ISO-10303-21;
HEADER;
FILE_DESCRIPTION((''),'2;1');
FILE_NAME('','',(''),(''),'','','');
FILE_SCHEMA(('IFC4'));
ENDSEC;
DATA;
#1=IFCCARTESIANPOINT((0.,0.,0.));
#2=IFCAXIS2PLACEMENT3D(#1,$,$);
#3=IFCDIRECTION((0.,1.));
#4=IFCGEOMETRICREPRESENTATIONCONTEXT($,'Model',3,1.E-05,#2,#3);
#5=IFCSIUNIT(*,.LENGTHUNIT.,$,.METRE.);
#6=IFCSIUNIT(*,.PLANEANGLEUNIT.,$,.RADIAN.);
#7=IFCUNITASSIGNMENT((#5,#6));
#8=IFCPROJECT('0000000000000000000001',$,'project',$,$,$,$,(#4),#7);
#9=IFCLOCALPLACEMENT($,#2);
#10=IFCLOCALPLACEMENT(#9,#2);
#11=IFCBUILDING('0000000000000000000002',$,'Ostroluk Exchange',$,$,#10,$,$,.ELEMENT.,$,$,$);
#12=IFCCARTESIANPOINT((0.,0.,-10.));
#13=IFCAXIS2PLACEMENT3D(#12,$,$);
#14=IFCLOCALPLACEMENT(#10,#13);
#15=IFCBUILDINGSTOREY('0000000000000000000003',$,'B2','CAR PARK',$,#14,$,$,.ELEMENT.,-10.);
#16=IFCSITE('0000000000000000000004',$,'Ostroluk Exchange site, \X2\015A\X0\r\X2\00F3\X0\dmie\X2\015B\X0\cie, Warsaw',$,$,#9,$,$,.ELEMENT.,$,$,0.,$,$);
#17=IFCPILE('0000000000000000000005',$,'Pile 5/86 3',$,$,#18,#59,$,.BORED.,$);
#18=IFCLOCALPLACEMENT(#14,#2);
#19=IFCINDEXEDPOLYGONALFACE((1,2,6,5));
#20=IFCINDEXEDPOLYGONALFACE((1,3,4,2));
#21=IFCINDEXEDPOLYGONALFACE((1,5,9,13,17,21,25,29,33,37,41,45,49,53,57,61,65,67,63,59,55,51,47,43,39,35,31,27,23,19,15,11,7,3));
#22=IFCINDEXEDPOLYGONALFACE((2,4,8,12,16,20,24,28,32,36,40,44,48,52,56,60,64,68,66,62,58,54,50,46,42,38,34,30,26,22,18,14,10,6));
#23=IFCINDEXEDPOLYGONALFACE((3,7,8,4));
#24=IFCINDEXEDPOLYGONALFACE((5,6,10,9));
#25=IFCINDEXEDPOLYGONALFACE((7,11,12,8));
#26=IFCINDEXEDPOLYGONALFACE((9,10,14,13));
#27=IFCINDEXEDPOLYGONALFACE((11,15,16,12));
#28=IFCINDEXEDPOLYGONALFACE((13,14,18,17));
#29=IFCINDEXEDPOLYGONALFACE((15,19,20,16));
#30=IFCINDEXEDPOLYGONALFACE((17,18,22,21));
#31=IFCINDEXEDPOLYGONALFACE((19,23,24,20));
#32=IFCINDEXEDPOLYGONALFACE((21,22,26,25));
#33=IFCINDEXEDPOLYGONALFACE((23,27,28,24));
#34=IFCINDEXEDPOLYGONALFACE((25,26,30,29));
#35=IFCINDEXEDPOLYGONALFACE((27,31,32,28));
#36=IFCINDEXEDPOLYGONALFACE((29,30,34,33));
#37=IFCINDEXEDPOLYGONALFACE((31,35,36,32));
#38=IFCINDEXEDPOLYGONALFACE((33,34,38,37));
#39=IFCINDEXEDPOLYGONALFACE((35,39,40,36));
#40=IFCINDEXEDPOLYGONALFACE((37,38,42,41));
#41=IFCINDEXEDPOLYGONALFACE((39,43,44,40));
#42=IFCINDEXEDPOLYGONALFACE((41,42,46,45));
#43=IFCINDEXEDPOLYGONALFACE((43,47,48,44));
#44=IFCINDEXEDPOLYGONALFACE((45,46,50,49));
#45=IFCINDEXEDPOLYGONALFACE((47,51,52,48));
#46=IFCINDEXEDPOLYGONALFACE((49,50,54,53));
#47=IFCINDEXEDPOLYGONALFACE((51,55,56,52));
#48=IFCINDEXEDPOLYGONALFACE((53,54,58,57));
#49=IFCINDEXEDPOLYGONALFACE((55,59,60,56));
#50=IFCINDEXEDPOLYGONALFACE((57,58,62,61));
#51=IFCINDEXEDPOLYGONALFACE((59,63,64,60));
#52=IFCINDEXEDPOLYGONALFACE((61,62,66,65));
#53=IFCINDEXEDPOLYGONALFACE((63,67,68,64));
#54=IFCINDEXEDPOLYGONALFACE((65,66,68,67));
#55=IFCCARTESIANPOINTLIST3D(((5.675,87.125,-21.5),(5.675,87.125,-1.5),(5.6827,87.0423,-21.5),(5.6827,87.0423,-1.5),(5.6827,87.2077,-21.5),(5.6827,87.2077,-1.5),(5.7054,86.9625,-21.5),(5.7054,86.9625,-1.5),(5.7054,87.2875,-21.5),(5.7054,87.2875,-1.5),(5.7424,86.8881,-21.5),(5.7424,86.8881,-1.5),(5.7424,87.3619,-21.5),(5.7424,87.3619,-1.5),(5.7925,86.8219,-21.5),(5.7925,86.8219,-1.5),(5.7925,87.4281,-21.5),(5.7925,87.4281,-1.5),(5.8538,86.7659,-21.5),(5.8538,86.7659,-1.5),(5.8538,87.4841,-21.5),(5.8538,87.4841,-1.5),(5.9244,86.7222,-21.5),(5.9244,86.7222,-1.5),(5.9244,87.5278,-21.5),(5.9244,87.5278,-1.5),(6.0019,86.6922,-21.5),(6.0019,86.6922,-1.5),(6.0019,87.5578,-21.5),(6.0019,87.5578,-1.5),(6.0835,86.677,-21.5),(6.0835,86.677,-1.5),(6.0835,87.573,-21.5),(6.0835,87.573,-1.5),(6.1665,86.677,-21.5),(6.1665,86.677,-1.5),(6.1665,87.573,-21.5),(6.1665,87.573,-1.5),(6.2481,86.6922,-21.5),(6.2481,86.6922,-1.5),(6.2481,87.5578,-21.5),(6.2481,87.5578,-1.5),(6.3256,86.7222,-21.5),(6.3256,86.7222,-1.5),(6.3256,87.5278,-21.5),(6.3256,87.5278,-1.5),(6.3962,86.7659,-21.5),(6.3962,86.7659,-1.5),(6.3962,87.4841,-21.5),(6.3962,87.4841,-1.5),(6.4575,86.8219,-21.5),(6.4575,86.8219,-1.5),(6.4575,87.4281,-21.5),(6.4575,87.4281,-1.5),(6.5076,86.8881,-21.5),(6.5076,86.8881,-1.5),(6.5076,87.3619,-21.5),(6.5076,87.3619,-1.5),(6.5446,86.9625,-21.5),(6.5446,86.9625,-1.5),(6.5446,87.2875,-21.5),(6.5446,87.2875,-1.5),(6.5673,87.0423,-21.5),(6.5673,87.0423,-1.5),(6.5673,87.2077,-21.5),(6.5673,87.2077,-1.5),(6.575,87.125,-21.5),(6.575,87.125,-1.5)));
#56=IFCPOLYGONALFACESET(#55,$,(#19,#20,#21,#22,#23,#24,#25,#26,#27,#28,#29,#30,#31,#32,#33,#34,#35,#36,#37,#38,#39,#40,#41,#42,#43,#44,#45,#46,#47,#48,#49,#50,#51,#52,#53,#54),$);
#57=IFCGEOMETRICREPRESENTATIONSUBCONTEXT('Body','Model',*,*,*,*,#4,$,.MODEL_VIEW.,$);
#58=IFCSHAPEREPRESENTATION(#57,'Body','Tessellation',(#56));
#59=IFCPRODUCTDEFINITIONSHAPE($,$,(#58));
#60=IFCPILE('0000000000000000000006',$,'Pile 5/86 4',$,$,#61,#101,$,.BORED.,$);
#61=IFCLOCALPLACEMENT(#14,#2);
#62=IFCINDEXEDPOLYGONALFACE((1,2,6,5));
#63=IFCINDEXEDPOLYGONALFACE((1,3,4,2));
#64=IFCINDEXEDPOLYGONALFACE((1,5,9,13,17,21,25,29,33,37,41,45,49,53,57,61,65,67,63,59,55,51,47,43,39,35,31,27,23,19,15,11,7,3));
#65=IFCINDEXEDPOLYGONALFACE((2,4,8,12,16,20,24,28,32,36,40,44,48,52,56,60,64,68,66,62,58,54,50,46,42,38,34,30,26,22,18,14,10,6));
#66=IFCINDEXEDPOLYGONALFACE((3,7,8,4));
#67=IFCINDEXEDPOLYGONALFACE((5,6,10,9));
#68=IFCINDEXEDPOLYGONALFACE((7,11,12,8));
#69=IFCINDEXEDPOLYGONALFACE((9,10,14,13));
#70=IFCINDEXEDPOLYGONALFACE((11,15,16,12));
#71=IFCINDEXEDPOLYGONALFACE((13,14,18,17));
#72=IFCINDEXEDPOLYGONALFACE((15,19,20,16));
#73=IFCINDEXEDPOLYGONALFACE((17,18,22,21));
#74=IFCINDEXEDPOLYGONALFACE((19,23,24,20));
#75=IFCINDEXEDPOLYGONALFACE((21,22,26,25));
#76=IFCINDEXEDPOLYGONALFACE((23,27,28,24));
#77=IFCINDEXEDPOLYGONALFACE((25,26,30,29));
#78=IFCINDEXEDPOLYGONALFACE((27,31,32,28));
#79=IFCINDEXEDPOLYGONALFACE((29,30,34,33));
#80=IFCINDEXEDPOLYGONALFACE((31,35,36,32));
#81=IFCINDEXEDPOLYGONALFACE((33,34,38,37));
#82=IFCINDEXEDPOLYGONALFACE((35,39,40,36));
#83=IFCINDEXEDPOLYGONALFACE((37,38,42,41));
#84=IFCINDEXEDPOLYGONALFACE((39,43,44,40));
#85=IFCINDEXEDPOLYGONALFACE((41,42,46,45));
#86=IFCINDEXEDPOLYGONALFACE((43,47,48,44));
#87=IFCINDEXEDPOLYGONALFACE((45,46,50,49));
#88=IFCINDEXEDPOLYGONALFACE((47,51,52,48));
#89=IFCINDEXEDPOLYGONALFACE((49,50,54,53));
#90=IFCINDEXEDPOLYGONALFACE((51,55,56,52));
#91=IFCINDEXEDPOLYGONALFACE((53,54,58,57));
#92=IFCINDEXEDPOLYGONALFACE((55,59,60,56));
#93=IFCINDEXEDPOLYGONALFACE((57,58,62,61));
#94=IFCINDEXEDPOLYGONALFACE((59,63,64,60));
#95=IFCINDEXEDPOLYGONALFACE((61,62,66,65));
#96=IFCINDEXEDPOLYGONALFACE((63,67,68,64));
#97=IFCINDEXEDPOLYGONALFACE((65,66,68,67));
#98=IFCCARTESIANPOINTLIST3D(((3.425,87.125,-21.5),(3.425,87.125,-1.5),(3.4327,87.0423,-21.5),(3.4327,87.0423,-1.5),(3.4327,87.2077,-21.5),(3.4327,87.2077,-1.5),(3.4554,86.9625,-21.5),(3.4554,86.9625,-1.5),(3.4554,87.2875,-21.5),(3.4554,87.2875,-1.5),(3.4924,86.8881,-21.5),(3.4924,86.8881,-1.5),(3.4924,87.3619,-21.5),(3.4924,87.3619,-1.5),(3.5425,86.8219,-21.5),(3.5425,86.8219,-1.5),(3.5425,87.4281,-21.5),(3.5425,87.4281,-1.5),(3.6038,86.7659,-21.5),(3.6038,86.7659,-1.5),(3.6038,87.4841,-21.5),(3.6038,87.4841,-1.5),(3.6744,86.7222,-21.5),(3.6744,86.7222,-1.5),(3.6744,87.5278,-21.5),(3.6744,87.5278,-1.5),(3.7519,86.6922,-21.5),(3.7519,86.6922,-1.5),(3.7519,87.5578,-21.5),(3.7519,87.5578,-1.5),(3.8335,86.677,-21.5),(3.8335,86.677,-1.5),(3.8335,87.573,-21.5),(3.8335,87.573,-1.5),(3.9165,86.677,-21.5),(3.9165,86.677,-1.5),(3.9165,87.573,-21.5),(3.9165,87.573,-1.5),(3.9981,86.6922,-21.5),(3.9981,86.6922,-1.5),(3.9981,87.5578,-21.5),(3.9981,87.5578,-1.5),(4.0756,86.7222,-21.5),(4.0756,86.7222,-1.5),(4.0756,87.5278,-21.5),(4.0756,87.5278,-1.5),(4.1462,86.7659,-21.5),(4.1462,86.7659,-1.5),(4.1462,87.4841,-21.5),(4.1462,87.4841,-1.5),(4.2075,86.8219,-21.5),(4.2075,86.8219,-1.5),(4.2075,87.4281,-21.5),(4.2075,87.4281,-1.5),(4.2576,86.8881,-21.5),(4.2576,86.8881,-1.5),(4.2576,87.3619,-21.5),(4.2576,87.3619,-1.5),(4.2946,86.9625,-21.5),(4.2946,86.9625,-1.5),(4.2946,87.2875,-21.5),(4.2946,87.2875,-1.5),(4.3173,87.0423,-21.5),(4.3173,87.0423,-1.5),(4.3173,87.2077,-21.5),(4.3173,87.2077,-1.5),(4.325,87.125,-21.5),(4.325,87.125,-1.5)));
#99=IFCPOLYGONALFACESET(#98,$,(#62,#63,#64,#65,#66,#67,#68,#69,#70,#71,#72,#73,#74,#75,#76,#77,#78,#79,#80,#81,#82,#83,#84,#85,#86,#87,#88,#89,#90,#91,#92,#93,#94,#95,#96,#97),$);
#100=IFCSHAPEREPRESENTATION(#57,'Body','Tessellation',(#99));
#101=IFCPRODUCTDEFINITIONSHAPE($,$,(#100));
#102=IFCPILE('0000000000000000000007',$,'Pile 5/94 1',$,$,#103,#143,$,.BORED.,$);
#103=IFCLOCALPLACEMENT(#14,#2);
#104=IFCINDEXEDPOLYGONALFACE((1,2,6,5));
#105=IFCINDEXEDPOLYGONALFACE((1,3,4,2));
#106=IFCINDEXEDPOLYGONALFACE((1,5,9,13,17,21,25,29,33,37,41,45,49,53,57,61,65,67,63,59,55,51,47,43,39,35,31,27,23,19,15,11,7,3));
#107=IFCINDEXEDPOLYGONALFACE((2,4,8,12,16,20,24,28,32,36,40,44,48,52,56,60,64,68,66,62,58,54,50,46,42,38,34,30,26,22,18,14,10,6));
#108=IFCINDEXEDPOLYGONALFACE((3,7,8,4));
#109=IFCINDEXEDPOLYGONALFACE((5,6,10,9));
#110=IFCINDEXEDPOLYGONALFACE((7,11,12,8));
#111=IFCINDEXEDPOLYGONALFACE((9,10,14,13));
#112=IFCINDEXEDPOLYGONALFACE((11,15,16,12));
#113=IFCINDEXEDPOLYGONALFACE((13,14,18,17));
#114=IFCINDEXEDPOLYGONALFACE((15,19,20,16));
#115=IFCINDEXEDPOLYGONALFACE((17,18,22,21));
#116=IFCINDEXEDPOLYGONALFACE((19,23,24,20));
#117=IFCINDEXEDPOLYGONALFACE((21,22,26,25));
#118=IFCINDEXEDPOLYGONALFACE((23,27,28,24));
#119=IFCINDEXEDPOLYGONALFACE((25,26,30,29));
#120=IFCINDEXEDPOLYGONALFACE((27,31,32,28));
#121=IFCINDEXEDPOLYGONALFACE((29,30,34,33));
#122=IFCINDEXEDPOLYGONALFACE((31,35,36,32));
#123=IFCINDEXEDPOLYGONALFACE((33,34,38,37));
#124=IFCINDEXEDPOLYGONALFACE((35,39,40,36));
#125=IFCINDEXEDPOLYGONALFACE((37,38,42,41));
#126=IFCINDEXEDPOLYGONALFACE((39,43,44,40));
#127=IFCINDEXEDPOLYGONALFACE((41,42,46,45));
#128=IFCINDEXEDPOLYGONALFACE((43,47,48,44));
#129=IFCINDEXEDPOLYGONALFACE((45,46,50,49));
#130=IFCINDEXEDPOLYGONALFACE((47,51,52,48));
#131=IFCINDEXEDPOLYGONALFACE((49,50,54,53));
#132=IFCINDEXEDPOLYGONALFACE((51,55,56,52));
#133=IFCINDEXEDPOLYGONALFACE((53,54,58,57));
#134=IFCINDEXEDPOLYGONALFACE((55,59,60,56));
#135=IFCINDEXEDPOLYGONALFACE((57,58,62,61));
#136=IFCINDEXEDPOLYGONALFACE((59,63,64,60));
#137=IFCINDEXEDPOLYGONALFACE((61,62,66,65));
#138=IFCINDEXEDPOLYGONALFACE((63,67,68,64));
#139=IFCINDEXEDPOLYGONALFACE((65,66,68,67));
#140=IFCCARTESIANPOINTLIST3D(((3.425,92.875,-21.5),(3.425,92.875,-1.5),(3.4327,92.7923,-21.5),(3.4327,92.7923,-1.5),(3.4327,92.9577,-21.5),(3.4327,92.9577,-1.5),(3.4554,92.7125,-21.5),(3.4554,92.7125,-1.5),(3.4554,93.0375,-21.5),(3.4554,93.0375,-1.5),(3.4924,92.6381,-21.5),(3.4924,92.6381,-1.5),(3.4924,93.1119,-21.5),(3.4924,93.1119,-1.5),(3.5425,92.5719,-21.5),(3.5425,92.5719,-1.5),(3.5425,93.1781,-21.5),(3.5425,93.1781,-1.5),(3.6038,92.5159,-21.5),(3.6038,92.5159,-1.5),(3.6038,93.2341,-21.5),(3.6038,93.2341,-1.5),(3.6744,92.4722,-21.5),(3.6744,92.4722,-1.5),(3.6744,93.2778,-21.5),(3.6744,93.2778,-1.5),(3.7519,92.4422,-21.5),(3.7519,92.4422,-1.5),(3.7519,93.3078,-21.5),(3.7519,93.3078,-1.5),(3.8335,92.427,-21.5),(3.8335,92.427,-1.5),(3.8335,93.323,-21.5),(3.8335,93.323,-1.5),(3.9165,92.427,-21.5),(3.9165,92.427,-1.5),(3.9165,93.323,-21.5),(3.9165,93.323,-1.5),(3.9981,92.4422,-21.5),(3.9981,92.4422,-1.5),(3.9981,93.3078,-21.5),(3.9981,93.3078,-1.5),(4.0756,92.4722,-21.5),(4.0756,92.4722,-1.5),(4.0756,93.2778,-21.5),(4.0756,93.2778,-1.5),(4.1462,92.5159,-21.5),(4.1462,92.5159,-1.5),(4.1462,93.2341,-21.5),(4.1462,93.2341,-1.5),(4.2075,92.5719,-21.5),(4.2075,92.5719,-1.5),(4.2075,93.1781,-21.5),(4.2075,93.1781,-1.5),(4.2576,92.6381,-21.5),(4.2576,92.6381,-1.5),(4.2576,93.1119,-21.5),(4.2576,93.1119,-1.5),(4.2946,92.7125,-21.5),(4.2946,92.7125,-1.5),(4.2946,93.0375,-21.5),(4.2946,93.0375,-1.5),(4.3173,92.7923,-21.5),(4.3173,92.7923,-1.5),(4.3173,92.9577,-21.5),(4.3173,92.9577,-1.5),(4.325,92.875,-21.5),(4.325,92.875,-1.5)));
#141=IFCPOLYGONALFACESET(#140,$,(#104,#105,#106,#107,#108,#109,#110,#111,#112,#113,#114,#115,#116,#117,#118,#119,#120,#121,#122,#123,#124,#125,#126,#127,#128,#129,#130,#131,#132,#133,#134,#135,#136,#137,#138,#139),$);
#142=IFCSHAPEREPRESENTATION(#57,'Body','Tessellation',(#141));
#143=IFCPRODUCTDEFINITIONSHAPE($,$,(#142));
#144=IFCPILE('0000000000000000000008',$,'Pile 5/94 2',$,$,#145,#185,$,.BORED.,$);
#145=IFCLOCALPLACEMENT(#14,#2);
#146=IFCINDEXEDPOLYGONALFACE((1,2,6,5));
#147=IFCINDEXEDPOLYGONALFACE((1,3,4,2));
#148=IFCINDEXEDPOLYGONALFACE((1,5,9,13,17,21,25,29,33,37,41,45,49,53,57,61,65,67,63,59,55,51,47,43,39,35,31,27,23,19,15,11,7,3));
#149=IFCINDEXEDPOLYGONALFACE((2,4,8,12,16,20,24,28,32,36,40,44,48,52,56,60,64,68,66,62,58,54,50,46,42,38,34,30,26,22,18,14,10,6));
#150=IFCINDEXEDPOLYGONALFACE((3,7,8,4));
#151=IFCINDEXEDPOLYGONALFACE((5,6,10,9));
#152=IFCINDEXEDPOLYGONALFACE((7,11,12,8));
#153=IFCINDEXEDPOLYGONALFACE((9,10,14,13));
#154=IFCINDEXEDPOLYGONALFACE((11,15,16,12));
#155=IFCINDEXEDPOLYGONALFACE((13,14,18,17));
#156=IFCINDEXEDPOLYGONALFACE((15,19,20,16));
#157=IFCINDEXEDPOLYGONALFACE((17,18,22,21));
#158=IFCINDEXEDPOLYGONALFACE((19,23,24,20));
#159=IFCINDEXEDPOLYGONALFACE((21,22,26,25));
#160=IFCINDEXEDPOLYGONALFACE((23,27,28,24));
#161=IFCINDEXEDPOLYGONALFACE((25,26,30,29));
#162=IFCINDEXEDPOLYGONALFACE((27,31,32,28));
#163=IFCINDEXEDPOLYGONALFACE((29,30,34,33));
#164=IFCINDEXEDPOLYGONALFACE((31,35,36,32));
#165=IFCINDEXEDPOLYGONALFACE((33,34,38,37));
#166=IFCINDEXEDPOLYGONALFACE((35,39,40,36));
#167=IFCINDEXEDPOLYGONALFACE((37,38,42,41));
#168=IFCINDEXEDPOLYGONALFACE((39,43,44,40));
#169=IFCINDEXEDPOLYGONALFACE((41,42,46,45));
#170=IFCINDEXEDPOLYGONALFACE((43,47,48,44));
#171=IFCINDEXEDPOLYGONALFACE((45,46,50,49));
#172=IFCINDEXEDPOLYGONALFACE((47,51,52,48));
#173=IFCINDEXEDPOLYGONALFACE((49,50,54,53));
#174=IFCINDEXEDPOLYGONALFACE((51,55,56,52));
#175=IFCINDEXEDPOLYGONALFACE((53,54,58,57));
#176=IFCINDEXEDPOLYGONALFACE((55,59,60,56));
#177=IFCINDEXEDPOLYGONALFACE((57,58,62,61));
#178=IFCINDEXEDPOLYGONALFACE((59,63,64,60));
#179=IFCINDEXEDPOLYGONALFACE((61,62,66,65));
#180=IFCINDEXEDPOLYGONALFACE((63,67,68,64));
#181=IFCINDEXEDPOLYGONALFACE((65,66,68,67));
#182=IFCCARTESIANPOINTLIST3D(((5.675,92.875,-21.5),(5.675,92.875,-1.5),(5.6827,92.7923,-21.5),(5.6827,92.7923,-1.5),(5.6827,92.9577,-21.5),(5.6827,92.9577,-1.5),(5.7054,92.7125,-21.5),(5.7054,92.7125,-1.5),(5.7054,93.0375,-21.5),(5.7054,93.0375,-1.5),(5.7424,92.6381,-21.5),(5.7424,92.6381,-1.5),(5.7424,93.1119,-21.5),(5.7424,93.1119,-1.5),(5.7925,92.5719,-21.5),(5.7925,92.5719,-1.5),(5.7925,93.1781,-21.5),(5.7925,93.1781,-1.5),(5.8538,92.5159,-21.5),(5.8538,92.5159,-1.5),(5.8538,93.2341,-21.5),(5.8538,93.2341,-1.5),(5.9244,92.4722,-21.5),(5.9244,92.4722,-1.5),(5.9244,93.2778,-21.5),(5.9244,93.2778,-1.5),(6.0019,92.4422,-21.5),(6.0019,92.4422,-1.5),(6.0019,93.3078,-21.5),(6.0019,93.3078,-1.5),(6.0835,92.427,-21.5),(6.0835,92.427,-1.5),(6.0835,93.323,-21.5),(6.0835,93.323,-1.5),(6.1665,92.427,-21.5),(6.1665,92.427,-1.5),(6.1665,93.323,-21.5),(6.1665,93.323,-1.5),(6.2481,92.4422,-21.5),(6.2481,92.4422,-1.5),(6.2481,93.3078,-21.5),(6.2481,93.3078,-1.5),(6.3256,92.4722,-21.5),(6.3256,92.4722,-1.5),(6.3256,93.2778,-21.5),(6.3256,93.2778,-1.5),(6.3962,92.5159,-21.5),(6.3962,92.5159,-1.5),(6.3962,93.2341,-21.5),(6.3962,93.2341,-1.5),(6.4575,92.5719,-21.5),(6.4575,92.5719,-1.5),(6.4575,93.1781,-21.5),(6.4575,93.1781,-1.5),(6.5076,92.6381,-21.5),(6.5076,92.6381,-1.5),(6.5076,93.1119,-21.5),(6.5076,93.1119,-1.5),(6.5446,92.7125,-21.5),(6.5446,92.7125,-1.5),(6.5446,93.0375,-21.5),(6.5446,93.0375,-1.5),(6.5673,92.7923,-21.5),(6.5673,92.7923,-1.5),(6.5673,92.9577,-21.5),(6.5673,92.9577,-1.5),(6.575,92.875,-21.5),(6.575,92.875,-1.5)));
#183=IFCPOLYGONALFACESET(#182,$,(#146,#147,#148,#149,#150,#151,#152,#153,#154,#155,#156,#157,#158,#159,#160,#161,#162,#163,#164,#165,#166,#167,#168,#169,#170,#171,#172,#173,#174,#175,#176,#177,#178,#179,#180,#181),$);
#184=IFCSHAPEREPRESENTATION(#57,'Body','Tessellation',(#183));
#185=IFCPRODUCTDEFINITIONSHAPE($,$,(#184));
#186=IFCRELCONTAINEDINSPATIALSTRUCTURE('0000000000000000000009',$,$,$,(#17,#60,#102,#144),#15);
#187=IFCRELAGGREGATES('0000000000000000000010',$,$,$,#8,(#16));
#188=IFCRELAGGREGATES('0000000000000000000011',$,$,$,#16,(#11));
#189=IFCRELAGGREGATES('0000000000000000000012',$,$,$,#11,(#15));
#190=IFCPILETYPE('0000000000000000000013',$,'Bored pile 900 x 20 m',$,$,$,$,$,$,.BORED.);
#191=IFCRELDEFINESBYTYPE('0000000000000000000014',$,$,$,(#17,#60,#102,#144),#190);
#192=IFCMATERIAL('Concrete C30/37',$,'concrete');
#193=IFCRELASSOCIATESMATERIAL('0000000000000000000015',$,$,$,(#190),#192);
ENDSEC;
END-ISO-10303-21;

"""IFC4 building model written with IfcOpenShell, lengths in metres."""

from ifc_helpers import new_model, si_unit, direction, frame, origin, origin_2d, place, context, subcontext, project, spatial, circle, extrude, material, type_object, element, save


model = new_model("IFC4")

# Units and contexts
model_context = context("Model", 3, precision=1e-05, world=origin(), true_north=direction((0.0, 1.0)))
body_context = subcontext(model_context, "Body", "Model", "MODEL_VIEW")
ifc_project = project(units=[si_unit("LENGTHUNIT", "METRE"), si_unit("PLANEANGLEUNIT", "RADIAN")], contexts=[model_context])

# Site, building, storey
site_placement = place(None, origin())
site = spatial("IfcSite", under=ifc_project, at=site_placement, Name="Ostroluk Exchange site, Śródmieście, Warsaw", CompositionType="ELEMENT", RefElevation=0.0)
building_placement = place(site_placement, origin())
building = spatial("IfcBuilding", under=site, at=building_placement, Name="Ostroluk Exchange", CompositionType="ELEMENT")
storey_placement = place(building_placement, frame((0.0, 0.0, -10.0)))
storey = spatial("IfcBuildingStorey", under=building, at=storey_placement, Name="B2", Description="CAR PARK", CompositionType="ELEMENT", Elevation=-10.0)

# Piles
ifc_material_1 = material(Name="Concrete C30/37", Category="concrete")
pile_type = type_object("IfcPileType", Name="Bored pile 900 x 20 m", PredefinedType="BORED", material=ifc_material_1)
for number, where, z_axis, x_axis, name in (
    (1, (6.125, 87.125, -1.5), (0.0, 0.0, -1.0), (1.0, 0.0, 0.0), "Pile 5/86 3"),
    (2, (3.875, 87.125, -1.5), (0.0, 0.0, -1.0), (1.0, 0.0, 0.0), "Pile 5/86 4"),
    (3, (3.875, 92.875, -1.5), (0.0, 0.0, -1.0), (1.0, 0.0, 0.0), "Pile 5/94 1"),
    (4, (6.125, 92.875, -1.5), (0.0, 0.0, -1.0), (1.0, 0.0, 0.0), "Pile 5/94 2"),
):
    element("IfcPile", number, at=place(storey_placement, frame(where, z_axis=z_axis, x_axis=x_axis)), inside=storey, type_object=pile_type, Name=name, PredefinedType="BORED", context=body_context, shape_type="SweptSolid", body=[
        extrude(circle(Radius=0.45, at=origin_2d()), origin(), (0.0, 0.0, 1.0), 20.0),
    ])

save(model, "model.ifc")
